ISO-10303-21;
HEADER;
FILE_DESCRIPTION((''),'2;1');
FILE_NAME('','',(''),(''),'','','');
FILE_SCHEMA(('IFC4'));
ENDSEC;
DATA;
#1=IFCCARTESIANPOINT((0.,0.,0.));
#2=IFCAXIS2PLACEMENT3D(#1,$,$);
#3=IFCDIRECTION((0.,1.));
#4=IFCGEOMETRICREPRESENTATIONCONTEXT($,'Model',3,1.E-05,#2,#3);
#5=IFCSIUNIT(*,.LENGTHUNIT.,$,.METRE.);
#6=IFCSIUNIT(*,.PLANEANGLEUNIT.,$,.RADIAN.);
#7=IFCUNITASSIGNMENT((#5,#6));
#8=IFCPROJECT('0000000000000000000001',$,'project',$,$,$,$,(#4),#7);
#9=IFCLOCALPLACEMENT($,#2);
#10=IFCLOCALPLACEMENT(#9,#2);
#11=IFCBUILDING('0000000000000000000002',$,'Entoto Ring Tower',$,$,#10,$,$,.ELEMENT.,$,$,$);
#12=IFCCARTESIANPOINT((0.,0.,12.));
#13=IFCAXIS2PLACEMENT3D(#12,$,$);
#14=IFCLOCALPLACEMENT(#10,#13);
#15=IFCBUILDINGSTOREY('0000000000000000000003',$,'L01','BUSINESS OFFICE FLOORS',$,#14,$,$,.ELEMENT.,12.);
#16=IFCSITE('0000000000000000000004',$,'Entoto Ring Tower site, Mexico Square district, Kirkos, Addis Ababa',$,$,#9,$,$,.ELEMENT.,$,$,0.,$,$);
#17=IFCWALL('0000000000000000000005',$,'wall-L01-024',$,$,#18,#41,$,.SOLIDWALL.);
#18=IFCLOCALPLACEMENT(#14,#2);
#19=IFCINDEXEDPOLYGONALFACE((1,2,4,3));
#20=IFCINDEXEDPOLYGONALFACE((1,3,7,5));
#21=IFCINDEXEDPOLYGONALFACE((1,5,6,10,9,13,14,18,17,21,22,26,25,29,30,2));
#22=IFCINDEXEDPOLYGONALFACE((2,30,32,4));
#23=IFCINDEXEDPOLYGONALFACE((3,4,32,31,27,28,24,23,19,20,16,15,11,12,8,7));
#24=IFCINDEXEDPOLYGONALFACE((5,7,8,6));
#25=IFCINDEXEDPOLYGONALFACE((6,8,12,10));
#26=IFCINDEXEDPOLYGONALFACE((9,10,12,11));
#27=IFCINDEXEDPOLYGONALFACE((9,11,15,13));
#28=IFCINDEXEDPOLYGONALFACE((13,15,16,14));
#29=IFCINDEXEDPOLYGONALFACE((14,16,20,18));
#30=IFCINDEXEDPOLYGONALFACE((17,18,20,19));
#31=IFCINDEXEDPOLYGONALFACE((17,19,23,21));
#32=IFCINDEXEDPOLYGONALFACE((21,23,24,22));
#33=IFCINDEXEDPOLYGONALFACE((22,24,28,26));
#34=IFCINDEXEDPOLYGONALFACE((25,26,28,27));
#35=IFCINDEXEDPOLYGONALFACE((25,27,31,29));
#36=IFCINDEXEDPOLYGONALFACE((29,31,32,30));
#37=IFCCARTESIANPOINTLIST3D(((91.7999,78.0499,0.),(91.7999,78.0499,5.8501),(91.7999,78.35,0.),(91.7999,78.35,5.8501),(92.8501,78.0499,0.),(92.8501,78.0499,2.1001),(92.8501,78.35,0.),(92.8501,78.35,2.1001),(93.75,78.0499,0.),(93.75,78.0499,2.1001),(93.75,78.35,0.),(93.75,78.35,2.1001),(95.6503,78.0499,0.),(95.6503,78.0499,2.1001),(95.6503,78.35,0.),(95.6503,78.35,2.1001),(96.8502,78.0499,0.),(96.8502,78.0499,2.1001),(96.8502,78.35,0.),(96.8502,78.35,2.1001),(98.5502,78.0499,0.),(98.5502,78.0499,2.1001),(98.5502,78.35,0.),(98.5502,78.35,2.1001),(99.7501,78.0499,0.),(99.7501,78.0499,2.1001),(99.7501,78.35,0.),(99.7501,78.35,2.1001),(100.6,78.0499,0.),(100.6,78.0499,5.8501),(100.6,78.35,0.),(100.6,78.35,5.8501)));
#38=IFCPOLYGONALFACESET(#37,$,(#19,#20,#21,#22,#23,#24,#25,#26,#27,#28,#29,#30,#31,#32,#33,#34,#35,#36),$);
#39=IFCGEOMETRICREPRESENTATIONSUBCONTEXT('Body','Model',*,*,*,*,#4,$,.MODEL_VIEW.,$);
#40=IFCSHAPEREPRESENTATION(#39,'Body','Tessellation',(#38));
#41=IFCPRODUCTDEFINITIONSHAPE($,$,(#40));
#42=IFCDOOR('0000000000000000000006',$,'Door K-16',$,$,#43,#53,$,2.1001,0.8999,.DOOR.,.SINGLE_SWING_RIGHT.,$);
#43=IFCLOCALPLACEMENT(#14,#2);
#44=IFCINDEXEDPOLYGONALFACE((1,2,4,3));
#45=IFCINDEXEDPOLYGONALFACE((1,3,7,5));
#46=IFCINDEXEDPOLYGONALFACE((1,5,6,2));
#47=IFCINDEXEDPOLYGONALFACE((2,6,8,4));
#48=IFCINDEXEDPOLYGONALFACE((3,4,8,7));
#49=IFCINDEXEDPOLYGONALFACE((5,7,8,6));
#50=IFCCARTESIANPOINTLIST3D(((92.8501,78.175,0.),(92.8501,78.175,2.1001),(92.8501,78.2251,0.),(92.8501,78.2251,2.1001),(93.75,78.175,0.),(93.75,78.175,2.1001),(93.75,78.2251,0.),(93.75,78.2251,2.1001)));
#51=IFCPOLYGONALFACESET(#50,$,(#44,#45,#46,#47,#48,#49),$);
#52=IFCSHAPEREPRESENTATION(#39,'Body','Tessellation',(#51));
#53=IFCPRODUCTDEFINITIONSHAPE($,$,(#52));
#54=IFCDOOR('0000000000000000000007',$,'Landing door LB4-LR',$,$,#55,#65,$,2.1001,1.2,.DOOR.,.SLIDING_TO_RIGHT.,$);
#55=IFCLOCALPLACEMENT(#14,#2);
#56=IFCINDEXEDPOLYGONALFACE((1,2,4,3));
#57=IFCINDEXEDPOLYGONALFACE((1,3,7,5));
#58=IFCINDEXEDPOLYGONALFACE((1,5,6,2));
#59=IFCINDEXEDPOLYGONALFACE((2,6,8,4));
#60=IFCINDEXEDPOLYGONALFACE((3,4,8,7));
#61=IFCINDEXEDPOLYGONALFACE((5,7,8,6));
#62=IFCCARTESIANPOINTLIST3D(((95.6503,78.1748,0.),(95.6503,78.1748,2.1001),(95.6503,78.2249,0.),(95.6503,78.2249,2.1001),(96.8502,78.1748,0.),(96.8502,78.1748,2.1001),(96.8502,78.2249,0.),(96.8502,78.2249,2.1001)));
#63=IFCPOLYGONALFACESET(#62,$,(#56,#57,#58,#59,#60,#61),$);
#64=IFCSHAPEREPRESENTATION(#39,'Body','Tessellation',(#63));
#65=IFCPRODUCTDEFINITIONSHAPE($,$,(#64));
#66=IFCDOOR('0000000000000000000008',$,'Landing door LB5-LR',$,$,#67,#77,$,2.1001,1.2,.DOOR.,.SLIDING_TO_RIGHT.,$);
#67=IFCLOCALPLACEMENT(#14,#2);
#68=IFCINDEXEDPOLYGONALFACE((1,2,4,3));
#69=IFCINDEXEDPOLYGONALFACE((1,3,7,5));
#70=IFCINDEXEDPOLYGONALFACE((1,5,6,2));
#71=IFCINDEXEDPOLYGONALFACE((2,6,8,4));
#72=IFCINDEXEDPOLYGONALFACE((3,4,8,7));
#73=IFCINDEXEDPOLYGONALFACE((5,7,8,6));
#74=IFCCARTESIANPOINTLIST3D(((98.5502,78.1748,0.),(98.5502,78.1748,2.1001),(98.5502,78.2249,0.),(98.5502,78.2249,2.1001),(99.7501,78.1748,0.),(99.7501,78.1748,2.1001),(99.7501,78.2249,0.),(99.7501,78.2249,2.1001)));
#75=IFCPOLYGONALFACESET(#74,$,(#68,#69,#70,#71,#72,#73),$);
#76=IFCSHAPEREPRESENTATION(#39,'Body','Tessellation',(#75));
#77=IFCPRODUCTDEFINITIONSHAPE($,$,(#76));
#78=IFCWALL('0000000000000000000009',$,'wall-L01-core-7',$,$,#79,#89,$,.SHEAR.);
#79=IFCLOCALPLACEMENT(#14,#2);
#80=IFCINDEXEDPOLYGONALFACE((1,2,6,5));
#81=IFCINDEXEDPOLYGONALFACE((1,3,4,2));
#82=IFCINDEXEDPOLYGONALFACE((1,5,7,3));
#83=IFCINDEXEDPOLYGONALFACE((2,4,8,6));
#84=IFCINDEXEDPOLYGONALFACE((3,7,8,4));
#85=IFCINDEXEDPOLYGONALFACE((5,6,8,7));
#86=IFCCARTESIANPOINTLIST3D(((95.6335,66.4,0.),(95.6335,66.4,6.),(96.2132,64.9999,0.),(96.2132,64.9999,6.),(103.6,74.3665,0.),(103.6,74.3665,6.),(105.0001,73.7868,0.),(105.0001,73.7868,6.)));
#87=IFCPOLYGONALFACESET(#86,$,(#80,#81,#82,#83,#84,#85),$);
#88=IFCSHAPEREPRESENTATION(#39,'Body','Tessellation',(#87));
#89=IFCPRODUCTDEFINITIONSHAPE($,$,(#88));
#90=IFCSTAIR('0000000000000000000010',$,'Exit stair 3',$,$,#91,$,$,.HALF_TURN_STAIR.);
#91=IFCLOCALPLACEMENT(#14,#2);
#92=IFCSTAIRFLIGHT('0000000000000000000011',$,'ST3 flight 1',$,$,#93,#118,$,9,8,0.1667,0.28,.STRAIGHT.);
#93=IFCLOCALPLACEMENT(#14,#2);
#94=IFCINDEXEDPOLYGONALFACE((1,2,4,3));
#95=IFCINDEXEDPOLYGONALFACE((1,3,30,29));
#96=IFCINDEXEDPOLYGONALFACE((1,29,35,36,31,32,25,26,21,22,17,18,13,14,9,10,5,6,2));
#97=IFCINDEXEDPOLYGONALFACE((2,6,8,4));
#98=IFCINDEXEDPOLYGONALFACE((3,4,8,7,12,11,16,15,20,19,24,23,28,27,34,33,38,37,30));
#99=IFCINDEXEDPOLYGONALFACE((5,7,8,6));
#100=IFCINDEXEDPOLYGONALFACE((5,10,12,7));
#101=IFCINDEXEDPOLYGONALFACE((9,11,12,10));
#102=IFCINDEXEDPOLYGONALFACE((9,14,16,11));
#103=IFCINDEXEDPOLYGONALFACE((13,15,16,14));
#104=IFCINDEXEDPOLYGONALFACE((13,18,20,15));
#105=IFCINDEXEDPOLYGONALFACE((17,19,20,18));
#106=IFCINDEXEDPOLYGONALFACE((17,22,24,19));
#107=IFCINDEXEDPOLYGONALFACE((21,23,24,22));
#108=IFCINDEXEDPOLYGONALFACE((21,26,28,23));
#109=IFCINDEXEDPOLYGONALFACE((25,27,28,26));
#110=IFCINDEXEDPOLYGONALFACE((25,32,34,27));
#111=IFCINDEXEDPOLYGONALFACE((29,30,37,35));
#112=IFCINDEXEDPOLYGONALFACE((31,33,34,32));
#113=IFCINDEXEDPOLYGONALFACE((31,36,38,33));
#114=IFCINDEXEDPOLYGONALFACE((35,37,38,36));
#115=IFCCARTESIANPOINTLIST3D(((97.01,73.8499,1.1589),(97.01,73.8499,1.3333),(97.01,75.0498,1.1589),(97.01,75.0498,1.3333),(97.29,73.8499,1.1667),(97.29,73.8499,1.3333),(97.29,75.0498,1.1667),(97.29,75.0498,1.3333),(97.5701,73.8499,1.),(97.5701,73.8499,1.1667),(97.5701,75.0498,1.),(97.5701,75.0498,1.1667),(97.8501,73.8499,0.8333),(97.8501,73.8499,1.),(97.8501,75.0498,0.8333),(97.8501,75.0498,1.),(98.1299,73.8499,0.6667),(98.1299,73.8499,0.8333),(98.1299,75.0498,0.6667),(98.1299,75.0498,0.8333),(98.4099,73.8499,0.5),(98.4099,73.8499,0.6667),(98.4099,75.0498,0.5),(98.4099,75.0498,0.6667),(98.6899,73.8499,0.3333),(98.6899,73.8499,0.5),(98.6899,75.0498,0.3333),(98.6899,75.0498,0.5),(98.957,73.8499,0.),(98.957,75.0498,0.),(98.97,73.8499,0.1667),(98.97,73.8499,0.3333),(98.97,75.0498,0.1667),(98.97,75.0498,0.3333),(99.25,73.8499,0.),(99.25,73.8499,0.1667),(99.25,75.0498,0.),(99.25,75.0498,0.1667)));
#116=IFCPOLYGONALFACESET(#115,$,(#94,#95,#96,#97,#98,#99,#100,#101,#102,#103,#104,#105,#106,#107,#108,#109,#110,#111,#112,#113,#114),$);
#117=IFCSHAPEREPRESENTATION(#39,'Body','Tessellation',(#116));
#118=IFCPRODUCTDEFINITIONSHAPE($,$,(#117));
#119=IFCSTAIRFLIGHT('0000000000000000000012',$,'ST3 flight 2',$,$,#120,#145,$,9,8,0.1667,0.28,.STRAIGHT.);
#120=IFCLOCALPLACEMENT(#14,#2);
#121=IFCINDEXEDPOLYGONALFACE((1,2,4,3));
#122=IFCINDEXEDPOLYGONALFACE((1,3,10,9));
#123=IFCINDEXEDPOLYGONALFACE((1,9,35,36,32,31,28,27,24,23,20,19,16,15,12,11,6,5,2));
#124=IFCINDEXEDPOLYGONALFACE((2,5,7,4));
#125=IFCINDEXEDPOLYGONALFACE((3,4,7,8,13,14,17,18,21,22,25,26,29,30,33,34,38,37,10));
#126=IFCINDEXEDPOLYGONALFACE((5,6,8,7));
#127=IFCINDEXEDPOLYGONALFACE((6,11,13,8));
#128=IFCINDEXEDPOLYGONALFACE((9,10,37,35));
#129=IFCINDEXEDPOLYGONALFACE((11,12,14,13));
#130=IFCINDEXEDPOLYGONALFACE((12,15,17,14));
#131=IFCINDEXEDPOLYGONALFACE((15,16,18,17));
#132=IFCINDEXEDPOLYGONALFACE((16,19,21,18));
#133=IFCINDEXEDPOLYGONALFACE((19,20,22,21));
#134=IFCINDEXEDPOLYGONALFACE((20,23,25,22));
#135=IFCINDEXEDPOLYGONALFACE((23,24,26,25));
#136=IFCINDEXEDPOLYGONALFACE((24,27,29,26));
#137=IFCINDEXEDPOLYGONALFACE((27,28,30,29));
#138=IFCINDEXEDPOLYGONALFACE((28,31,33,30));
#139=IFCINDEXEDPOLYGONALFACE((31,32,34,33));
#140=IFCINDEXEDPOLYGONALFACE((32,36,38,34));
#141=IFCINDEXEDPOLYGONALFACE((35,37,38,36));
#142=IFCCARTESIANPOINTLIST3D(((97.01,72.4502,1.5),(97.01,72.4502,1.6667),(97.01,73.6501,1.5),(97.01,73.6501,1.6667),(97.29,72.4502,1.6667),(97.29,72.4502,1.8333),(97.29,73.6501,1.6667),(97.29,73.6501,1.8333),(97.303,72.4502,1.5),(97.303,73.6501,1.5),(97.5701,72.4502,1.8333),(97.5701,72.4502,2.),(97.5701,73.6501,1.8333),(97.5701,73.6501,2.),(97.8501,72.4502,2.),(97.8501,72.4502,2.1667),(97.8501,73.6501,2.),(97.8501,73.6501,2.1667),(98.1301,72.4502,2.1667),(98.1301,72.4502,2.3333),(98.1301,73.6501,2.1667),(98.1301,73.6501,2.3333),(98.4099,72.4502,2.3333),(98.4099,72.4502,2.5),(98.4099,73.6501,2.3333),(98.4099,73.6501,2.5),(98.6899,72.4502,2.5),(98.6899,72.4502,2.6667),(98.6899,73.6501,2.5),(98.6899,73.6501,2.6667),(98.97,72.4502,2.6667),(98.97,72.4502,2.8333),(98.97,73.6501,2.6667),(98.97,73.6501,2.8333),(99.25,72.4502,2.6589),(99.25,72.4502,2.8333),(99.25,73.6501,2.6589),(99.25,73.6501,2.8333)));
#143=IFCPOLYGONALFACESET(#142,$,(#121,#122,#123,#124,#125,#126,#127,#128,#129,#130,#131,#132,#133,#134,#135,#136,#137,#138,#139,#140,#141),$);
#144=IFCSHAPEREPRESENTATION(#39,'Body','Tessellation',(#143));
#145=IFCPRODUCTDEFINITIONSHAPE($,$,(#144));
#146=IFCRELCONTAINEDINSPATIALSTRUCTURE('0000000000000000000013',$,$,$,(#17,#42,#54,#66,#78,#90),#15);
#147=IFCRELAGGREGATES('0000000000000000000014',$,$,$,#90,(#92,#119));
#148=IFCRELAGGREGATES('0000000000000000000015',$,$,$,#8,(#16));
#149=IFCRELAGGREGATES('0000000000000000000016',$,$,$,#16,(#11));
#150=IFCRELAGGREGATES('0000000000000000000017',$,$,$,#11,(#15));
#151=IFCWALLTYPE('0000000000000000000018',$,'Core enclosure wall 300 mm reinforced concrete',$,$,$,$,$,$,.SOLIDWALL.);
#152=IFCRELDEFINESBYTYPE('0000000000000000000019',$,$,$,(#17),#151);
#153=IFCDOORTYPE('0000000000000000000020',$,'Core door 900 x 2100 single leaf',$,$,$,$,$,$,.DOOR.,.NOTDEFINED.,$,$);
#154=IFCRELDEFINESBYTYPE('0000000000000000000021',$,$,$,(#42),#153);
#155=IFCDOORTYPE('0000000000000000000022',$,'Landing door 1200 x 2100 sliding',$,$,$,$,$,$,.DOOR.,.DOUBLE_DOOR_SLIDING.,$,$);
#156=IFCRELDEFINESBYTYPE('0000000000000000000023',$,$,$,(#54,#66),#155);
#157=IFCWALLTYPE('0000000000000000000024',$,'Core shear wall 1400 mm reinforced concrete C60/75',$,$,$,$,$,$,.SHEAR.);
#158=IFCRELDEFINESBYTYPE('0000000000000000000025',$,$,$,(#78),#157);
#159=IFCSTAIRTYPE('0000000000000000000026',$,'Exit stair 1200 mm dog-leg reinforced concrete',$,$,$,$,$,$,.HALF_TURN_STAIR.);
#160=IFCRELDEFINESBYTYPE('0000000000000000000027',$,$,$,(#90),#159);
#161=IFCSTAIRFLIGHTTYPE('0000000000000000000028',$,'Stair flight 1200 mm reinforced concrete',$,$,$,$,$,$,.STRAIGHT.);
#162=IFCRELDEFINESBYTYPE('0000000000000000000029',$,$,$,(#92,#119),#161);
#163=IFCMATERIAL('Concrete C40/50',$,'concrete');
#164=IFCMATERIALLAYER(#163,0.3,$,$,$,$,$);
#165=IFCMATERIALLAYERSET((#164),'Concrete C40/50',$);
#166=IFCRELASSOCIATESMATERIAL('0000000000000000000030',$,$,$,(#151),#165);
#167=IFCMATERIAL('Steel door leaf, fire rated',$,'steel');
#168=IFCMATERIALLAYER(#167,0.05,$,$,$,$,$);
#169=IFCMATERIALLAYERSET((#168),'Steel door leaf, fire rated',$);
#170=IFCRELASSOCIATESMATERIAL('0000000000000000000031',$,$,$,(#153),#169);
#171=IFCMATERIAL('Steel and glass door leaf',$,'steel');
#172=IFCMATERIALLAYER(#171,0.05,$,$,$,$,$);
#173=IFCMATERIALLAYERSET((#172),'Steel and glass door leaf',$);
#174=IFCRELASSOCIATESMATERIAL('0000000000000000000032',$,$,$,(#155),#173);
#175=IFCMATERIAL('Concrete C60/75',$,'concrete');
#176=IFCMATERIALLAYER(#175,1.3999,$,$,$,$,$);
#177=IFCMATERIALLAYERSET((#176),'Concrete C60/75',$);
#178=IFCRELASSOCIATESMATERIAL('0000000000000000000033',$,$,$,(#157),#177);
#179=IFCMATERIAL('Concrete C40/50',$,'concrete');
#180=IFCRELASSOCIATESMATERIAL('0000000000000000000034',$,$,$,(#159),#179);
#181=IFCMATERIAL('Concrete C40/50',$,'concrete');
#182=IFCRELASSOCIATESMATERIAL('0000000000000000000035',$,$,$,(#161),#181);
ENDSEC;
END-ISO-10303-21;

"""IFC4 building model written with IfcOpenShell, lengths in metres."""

from ifc_helpers import new_model, si_unit, direction, frame, frame_2d, origin, place, context, subcontext, project, spatial, polyline, rectangle, outline, extrude, material, layer, layer_set, type_object, element, fill, aggregate, save


model = new_model("IFC4")

# Units and contexts
model_context = context("Model", 3, precision=1e-05, world=origin(), true_north=direction((0.0, 1.0)))
body_context = subcontext(model_context, "Body", "Model", "MODEL_VIEW")
ifc_project = project(units=[si_unit("LENGTHUNIT", "METRE"), si_unit("PLANEANGLEUNIT", "RADIAN")], contexts=[model_context])

# Site, building, storey
site_placement = place(None, origin())
site = spatial("IfcSite", under=ifc_project, at=site_placement, Name="Entoto Ring Tower site, Mexico Square district, Kirkos, Addis Ababa", CompositionType="ELEMENT", RefElevation=0.0)
building_placement = place(site_placement, origin())
building = spatial("IfcBuilding", under=site, at=building_placement, Name="Entoto Ring Tower", CompositionType="ELEMENT")
storey_placement = place(building_placement, frame((0.0, 0.0, 12.0)))
storey = spatial("IfcBuildingStorey", under=building, at=storey_placement, Name="L01", Description="BUSINESS OFFICE FLOORS", CompositionType="ELEMENT", Elevation=12.0)

# Shared definitions
ifc_material_1 = material(Name="Concrete C40/50", Category="concrete")
ifc_layer_1 = layer(ifc_material_1, 0.3)
ifc_layer_set_1 = layer_set([ifc_layer_1], Name="Concrete C40/50")
wall_type_1 = type_object("IfcWallType", Name="Core enclosure wall 300 mm reinforced concrete", PredefinedType="SOLIDWALL", material=ifc_layer_set_1)

# Shared definitions
ifc_material_2 = material(Name="Steel door leaf, fire rated", Category="steel")
ifc_layer_2 = layer(ifc_material_2, 0.05)
ifc_layer_set_2 = layer_set([ifc_layer_2], Name="Steel door leaf, fire rated")
door_type_1 = type_object("IfcDoorType", Name="Core door 900 x 2100 single leaf", OperationType="NOTDEFINED", PredefinedType="DOOR", material=ifc_layer_set_2)

# Wall, openings, doors
wall_1_placement = place(storey_placement, frame((91.8, 78.2, 0.0), z_axis=(0.0, 0.0, 1.0), x_axis=(1.0, 0.0, 0.0)))
wall_1 = element("IfcWall", 1, at=wall_1_placement, inside=storey, type_object=wall_type_1, Name="wall-L01-024", PredefinedType="SOLIDWALL", context=body_context, shape_type="SweptSolid", body=[
    extrude(rectangle(XDim=8.8, YDim=0.3, at=frame_2d((4.3999, 0.0))), origin(), (0.0, 0.0, 1.0), 5.8501),
])
opening_1_placement = place(wall_1_placement, frame((3.8501, 0.0, 0.0)))
opening_1 = element("IfcOpeningElement", 2, at=opening_1_placement, cuts=wall_1, PredefinedType="OPENING", context=body_context, shape_type="SweptSolid", body=[
    extrude(rectangle(XDim=1.2, YDim=2.1001, at=frame_2d((0.6001, 1.05))), frame((0.0, 0.1602, 0.0), z_axis=(0.0, -1.0, 0.0), x_axis=(1.0, 0.0, 0.0)), (0.0, 0.0, 1.0), 0.3201),
])
opening_2_placement = place(wall_1_placement, frame((6.75, 0.0, 0.0)))
opening_2 = element("IfcOpeningElement", 3, at=opening_2_placement, cuts=wall_1, PredefinedType="OPENING", context=body_context, shape_type="SweptSolid", body=[
    extrude(rectangle(XDim=1.2, YDim=2.1001, at=frame_2d((0.6001, 1.05))), frame((0.0, 0.1602, 0.0), z_axis=(0.0, -1.0, 0.0), x_axis=(1.0, 0.0, 0.0)), (0.0, 0.0, 1.0), 0.3201),
])
opening_3_placement = place(wall_1_placement, frame((1.05, 0.0, 0.0)))
opening_3 = element("IfcOpeningElement", 4, at=opening_3_placement, cuts=wall_1, PredefinedType="OPENING", context=body_context, shape_type="SweptSolid", body=[
    extrude(rectangle(XDim=0.8999, YDim=2.1001, at=frame_2d((0.45, 1.05))), frame((0.0, 0.1602, 0.0), z_axis=(0.0, -1.0, 0.0), x_axis=(1.0, 0.0, 0.0)), (0.0, 0.0, 1.0), 0.3201),
])
door_1_placement = place(opening_3_placement, frame((0.8999, 0.0, 0.0), z_axis=(0.0, 0.0, 1.0), x_axis=(-1.0, 0.0, 0.0)))
door_1 = element("IfcDoor", 5, at=door_1_placement, inside=storey, type_object=door_type_1, Name="Door K-16", OperationType="SINGLE_SWING_RIGHT", OverallHeight=2.1001, OverallWidth=0.8999, PredefinedType="DOOR", context=body_context, shape_type="SweptSolid", body=[
    extrude(rectangle(XDim=0.8999, YDim=2.1001, at=frame_2d((0.45, 1.05))), frame((0.0, 0.0249, 0.0), z_axis=(0.0, -1.0, 0.0), x_axis=(1.0, 0.0, 0.0)), (0.0, 0.0, 1.0), 0.05),
])
fill(opening_3, door_1)
ifc_material_3 = material(Name="Steel and glass door leaf", Category="steel")
ifc_layer_3 = layer(ifc_material_3, 0.05)
ifc_layer_set_3 = layer_set([ifc_layer_3], Name="Steel and glass door leaf")
door_type_2 = type_object("IfcDoorType", Name="Landing door 1200 x 2100 sliding", OperationType="DOUBLE_DOOR_SLIDING", PredefinedType="DOOR", material=ifc_layer_set_3)
door_2_placement = place(opening_1_placement, origin())
door_2 = element("IfcDoor", 6, at=door_2_placement, inside=storey, type_object=door_type_2, Name="Landing door LB4-LR", OperationType="SLIDING_TO_RIGHT", OverallHeight=2.1001, OverallWidth=1.2, PredefinedType="DOOR", context=body_context, shape_type="SweptSolid", body=[
    extrude(rectangle(XDim=1.2, YDim=2.1001, at=frame_2d((0.6001, 1.05))), frame((0.0, 0.0249, 0.0), z_axis=(0.0, -1.0, 0.0), x_axis=(1.0, 0.0, 0.0)), (0.0, 0.0, 1.0), 0.05),
])
fill(opening_1, door_2)
door_3_placement = place(opening_2_placement, origin())
door_3 = element("IfcDoor", 7, at=door_3_placement, inside=storey, type_object=door_type_2, Name="Landing door LB5-LR", OperationType="SLIDING_TO_RIGHT", OverallHeight=2.1001, OverallWidth=1.2, PredefinedType="DOOR", context=body_context, shape_type="SweptSolid", body=[
    extrude(rectangle(XDim=1.2, YDim=2.1001, at=frame_2d((0.6001, 1.05))), frame((0.0, 0.0249, 0.0), z_axis=(0.0, -1.0, 0.0), x_axis=(1.0, 0.0, 0.0)), (0.0, 0.0, 1.0), 0.05),
])
fill(opening_2, door_3)

# Wall
ifc_material_4 = material(Name="Concrete C60/75", Category="concrete")
ifc_layer_4 = layer(ifc_material_4, 1.3999)
ifc_layer_set_4 = layer_set([ifc_layer_4], Name="Concrete C60/75")
wall_type_2 = type_object("IfcWallType", Name="Core shear wall 1400 mm reinforced concrete C60/75", PredefinedType="SHEAR", material=ifc_layer_set_4)
wall_2_placement = place(storey_placement, frame((95.9233, 65.7, 0.0), z_axis=(0.0, 0.0, 1.0), x_axis=(0.707107, 0.707107, 0.0)))
element("IfcWall", 8, at=wall_2_placement, inside=storey, type_object=wall_type_2, Name="wall-L01-core-7", PredefinedType="SHEAR", context=body_context, shape_type="SweptSolid", body=[
    extrude(outline(polyline([(-0.29, -0.7), (12.1365, -0.7), (11.5564, 0.7), (0.29, 0.7), (-0.29, -0.7)])), origin(), (0.0, 0.0, 1.0), 6.0),
])

# Stair, stair flights
ifc_material_5 = material(Name="Concrete C40/50", Category="concrete")
stair_type = type_object("IfcStairType", Name="Exit stair 1200 mm dog-leg reinforced concrete", PredefinedType="HALF_TURN_STAIR", material=ifc_material_5)
stair_placement = place(storey_placement, origin())
stair = element("IfcStair", 9, at=stair_placement, inside=storey, type_object=stair_type, Name="Exit stair 3", PredefinedType="HALF_TURN_STAIR")
ifc_material_6 = material(Name="Concrete C40/50", Category="concrete")
stair_flight_type = type_object("IfcStairFlightType", Name="Stair flight 1200 mm reinforced concrete", PredefinedType="STRAIGHT", material=ifc_material_6)
stair_flight_1_placement = place(storey_placement, frame((99.25, 74.45, 0.0), z_axis=(0.0, 0.0, 1.0), x_axis=(-1.0, 0.0, 0.0)))
stair_flight_1 = element("IfcStairFlight", 10, at=stair_flight_1_placement, type_object=stair_flight_type, Name="ST3 flight 1", NumberOfRisers=9, NumberOfTreads=8, PredefinedType="STRAIGHT", RiserHeight=0.1667, TreadLength=0.28, context=body_context, shape_type="SweptSolid", body=[
    extrude(outline(polyline([(0.0, 0.0), (0.0, 0.1667), (0.28, 0.1667), (0.28, 0.3333), (0.5601, 0.3333), (0.5601, 0.5), (0.8401, 0.5), (0.8401, 0.6667), (1.1201, 0.6667), (1.1201, 0.8333), (1.3999, 0.8333), (1.3999, 1.0), (1.6799, 1.0), (1.6799, 1.1667), (1.96, 1.1667), (1.96, 1.3333), (2.24, 1.3333), (2.24, 1.5), (2.24, 1.1589), (0.293, 0.0), (0.0, 0.0)])), frame((0.0, 0.6001, 0.0), z_axis=(0.0, -1.0, 0.0), x_axis=(1.0, 0.0, 0.0)), (0.0, 0.0, 1.0), 1.2),
])
stair_flight_2_placement = place(storey_placement, frame((97.01, 73.05, 1.5), z_axis=(0.0, 0.0, 1.0), x_axis=(1.0, 0.0, 0.0)))
stair_flight_2 = element("IfcStairFlight", 11, at=stair_flight_2_placement, type_object=stair_flight_type, Name="ST3 flight 2", NumberOfRisers=9, NumberOfTreads=8, PredefinedType="STRAIGHT", RiserHeight=0.1667, TreadLength=0.28, context=body_context, shape_type="SweptSolid", body=[
    extrude(outline(polyline([(0.0, 0.0), (0.0, 0.1667), (0.28, 0.1667), (0.28, 0.3333), (0.5601, 0.3333), (0.5601, 0.5), (0.8401, 0.5), (0.8401, 0.6667), (1.1201, 0.6667), (1.1201, 0.8333), (1.3999, 0.8333), (1.3999, 1.0), (1.6799, 1.0), (1.6799, 1.1667), (1.96, 1.1667), (1.96, 1.3333), (2.24, 1.3333), (2.24, 1.5), (2.24, 1.1589), (0.293, 0.0), (0.0, 0.0)])), frame((0.0, 0.6001, 0.0), z_axis=(0.0, -1.0, 0.0), x_axis=(1.0, 0.0, 0.0)), (0.0, 0.0, 1.0), 1.2),
])
aggregate(stair, [stair_flight_1, stair_flight_2])

save(model, "model.ifc")
